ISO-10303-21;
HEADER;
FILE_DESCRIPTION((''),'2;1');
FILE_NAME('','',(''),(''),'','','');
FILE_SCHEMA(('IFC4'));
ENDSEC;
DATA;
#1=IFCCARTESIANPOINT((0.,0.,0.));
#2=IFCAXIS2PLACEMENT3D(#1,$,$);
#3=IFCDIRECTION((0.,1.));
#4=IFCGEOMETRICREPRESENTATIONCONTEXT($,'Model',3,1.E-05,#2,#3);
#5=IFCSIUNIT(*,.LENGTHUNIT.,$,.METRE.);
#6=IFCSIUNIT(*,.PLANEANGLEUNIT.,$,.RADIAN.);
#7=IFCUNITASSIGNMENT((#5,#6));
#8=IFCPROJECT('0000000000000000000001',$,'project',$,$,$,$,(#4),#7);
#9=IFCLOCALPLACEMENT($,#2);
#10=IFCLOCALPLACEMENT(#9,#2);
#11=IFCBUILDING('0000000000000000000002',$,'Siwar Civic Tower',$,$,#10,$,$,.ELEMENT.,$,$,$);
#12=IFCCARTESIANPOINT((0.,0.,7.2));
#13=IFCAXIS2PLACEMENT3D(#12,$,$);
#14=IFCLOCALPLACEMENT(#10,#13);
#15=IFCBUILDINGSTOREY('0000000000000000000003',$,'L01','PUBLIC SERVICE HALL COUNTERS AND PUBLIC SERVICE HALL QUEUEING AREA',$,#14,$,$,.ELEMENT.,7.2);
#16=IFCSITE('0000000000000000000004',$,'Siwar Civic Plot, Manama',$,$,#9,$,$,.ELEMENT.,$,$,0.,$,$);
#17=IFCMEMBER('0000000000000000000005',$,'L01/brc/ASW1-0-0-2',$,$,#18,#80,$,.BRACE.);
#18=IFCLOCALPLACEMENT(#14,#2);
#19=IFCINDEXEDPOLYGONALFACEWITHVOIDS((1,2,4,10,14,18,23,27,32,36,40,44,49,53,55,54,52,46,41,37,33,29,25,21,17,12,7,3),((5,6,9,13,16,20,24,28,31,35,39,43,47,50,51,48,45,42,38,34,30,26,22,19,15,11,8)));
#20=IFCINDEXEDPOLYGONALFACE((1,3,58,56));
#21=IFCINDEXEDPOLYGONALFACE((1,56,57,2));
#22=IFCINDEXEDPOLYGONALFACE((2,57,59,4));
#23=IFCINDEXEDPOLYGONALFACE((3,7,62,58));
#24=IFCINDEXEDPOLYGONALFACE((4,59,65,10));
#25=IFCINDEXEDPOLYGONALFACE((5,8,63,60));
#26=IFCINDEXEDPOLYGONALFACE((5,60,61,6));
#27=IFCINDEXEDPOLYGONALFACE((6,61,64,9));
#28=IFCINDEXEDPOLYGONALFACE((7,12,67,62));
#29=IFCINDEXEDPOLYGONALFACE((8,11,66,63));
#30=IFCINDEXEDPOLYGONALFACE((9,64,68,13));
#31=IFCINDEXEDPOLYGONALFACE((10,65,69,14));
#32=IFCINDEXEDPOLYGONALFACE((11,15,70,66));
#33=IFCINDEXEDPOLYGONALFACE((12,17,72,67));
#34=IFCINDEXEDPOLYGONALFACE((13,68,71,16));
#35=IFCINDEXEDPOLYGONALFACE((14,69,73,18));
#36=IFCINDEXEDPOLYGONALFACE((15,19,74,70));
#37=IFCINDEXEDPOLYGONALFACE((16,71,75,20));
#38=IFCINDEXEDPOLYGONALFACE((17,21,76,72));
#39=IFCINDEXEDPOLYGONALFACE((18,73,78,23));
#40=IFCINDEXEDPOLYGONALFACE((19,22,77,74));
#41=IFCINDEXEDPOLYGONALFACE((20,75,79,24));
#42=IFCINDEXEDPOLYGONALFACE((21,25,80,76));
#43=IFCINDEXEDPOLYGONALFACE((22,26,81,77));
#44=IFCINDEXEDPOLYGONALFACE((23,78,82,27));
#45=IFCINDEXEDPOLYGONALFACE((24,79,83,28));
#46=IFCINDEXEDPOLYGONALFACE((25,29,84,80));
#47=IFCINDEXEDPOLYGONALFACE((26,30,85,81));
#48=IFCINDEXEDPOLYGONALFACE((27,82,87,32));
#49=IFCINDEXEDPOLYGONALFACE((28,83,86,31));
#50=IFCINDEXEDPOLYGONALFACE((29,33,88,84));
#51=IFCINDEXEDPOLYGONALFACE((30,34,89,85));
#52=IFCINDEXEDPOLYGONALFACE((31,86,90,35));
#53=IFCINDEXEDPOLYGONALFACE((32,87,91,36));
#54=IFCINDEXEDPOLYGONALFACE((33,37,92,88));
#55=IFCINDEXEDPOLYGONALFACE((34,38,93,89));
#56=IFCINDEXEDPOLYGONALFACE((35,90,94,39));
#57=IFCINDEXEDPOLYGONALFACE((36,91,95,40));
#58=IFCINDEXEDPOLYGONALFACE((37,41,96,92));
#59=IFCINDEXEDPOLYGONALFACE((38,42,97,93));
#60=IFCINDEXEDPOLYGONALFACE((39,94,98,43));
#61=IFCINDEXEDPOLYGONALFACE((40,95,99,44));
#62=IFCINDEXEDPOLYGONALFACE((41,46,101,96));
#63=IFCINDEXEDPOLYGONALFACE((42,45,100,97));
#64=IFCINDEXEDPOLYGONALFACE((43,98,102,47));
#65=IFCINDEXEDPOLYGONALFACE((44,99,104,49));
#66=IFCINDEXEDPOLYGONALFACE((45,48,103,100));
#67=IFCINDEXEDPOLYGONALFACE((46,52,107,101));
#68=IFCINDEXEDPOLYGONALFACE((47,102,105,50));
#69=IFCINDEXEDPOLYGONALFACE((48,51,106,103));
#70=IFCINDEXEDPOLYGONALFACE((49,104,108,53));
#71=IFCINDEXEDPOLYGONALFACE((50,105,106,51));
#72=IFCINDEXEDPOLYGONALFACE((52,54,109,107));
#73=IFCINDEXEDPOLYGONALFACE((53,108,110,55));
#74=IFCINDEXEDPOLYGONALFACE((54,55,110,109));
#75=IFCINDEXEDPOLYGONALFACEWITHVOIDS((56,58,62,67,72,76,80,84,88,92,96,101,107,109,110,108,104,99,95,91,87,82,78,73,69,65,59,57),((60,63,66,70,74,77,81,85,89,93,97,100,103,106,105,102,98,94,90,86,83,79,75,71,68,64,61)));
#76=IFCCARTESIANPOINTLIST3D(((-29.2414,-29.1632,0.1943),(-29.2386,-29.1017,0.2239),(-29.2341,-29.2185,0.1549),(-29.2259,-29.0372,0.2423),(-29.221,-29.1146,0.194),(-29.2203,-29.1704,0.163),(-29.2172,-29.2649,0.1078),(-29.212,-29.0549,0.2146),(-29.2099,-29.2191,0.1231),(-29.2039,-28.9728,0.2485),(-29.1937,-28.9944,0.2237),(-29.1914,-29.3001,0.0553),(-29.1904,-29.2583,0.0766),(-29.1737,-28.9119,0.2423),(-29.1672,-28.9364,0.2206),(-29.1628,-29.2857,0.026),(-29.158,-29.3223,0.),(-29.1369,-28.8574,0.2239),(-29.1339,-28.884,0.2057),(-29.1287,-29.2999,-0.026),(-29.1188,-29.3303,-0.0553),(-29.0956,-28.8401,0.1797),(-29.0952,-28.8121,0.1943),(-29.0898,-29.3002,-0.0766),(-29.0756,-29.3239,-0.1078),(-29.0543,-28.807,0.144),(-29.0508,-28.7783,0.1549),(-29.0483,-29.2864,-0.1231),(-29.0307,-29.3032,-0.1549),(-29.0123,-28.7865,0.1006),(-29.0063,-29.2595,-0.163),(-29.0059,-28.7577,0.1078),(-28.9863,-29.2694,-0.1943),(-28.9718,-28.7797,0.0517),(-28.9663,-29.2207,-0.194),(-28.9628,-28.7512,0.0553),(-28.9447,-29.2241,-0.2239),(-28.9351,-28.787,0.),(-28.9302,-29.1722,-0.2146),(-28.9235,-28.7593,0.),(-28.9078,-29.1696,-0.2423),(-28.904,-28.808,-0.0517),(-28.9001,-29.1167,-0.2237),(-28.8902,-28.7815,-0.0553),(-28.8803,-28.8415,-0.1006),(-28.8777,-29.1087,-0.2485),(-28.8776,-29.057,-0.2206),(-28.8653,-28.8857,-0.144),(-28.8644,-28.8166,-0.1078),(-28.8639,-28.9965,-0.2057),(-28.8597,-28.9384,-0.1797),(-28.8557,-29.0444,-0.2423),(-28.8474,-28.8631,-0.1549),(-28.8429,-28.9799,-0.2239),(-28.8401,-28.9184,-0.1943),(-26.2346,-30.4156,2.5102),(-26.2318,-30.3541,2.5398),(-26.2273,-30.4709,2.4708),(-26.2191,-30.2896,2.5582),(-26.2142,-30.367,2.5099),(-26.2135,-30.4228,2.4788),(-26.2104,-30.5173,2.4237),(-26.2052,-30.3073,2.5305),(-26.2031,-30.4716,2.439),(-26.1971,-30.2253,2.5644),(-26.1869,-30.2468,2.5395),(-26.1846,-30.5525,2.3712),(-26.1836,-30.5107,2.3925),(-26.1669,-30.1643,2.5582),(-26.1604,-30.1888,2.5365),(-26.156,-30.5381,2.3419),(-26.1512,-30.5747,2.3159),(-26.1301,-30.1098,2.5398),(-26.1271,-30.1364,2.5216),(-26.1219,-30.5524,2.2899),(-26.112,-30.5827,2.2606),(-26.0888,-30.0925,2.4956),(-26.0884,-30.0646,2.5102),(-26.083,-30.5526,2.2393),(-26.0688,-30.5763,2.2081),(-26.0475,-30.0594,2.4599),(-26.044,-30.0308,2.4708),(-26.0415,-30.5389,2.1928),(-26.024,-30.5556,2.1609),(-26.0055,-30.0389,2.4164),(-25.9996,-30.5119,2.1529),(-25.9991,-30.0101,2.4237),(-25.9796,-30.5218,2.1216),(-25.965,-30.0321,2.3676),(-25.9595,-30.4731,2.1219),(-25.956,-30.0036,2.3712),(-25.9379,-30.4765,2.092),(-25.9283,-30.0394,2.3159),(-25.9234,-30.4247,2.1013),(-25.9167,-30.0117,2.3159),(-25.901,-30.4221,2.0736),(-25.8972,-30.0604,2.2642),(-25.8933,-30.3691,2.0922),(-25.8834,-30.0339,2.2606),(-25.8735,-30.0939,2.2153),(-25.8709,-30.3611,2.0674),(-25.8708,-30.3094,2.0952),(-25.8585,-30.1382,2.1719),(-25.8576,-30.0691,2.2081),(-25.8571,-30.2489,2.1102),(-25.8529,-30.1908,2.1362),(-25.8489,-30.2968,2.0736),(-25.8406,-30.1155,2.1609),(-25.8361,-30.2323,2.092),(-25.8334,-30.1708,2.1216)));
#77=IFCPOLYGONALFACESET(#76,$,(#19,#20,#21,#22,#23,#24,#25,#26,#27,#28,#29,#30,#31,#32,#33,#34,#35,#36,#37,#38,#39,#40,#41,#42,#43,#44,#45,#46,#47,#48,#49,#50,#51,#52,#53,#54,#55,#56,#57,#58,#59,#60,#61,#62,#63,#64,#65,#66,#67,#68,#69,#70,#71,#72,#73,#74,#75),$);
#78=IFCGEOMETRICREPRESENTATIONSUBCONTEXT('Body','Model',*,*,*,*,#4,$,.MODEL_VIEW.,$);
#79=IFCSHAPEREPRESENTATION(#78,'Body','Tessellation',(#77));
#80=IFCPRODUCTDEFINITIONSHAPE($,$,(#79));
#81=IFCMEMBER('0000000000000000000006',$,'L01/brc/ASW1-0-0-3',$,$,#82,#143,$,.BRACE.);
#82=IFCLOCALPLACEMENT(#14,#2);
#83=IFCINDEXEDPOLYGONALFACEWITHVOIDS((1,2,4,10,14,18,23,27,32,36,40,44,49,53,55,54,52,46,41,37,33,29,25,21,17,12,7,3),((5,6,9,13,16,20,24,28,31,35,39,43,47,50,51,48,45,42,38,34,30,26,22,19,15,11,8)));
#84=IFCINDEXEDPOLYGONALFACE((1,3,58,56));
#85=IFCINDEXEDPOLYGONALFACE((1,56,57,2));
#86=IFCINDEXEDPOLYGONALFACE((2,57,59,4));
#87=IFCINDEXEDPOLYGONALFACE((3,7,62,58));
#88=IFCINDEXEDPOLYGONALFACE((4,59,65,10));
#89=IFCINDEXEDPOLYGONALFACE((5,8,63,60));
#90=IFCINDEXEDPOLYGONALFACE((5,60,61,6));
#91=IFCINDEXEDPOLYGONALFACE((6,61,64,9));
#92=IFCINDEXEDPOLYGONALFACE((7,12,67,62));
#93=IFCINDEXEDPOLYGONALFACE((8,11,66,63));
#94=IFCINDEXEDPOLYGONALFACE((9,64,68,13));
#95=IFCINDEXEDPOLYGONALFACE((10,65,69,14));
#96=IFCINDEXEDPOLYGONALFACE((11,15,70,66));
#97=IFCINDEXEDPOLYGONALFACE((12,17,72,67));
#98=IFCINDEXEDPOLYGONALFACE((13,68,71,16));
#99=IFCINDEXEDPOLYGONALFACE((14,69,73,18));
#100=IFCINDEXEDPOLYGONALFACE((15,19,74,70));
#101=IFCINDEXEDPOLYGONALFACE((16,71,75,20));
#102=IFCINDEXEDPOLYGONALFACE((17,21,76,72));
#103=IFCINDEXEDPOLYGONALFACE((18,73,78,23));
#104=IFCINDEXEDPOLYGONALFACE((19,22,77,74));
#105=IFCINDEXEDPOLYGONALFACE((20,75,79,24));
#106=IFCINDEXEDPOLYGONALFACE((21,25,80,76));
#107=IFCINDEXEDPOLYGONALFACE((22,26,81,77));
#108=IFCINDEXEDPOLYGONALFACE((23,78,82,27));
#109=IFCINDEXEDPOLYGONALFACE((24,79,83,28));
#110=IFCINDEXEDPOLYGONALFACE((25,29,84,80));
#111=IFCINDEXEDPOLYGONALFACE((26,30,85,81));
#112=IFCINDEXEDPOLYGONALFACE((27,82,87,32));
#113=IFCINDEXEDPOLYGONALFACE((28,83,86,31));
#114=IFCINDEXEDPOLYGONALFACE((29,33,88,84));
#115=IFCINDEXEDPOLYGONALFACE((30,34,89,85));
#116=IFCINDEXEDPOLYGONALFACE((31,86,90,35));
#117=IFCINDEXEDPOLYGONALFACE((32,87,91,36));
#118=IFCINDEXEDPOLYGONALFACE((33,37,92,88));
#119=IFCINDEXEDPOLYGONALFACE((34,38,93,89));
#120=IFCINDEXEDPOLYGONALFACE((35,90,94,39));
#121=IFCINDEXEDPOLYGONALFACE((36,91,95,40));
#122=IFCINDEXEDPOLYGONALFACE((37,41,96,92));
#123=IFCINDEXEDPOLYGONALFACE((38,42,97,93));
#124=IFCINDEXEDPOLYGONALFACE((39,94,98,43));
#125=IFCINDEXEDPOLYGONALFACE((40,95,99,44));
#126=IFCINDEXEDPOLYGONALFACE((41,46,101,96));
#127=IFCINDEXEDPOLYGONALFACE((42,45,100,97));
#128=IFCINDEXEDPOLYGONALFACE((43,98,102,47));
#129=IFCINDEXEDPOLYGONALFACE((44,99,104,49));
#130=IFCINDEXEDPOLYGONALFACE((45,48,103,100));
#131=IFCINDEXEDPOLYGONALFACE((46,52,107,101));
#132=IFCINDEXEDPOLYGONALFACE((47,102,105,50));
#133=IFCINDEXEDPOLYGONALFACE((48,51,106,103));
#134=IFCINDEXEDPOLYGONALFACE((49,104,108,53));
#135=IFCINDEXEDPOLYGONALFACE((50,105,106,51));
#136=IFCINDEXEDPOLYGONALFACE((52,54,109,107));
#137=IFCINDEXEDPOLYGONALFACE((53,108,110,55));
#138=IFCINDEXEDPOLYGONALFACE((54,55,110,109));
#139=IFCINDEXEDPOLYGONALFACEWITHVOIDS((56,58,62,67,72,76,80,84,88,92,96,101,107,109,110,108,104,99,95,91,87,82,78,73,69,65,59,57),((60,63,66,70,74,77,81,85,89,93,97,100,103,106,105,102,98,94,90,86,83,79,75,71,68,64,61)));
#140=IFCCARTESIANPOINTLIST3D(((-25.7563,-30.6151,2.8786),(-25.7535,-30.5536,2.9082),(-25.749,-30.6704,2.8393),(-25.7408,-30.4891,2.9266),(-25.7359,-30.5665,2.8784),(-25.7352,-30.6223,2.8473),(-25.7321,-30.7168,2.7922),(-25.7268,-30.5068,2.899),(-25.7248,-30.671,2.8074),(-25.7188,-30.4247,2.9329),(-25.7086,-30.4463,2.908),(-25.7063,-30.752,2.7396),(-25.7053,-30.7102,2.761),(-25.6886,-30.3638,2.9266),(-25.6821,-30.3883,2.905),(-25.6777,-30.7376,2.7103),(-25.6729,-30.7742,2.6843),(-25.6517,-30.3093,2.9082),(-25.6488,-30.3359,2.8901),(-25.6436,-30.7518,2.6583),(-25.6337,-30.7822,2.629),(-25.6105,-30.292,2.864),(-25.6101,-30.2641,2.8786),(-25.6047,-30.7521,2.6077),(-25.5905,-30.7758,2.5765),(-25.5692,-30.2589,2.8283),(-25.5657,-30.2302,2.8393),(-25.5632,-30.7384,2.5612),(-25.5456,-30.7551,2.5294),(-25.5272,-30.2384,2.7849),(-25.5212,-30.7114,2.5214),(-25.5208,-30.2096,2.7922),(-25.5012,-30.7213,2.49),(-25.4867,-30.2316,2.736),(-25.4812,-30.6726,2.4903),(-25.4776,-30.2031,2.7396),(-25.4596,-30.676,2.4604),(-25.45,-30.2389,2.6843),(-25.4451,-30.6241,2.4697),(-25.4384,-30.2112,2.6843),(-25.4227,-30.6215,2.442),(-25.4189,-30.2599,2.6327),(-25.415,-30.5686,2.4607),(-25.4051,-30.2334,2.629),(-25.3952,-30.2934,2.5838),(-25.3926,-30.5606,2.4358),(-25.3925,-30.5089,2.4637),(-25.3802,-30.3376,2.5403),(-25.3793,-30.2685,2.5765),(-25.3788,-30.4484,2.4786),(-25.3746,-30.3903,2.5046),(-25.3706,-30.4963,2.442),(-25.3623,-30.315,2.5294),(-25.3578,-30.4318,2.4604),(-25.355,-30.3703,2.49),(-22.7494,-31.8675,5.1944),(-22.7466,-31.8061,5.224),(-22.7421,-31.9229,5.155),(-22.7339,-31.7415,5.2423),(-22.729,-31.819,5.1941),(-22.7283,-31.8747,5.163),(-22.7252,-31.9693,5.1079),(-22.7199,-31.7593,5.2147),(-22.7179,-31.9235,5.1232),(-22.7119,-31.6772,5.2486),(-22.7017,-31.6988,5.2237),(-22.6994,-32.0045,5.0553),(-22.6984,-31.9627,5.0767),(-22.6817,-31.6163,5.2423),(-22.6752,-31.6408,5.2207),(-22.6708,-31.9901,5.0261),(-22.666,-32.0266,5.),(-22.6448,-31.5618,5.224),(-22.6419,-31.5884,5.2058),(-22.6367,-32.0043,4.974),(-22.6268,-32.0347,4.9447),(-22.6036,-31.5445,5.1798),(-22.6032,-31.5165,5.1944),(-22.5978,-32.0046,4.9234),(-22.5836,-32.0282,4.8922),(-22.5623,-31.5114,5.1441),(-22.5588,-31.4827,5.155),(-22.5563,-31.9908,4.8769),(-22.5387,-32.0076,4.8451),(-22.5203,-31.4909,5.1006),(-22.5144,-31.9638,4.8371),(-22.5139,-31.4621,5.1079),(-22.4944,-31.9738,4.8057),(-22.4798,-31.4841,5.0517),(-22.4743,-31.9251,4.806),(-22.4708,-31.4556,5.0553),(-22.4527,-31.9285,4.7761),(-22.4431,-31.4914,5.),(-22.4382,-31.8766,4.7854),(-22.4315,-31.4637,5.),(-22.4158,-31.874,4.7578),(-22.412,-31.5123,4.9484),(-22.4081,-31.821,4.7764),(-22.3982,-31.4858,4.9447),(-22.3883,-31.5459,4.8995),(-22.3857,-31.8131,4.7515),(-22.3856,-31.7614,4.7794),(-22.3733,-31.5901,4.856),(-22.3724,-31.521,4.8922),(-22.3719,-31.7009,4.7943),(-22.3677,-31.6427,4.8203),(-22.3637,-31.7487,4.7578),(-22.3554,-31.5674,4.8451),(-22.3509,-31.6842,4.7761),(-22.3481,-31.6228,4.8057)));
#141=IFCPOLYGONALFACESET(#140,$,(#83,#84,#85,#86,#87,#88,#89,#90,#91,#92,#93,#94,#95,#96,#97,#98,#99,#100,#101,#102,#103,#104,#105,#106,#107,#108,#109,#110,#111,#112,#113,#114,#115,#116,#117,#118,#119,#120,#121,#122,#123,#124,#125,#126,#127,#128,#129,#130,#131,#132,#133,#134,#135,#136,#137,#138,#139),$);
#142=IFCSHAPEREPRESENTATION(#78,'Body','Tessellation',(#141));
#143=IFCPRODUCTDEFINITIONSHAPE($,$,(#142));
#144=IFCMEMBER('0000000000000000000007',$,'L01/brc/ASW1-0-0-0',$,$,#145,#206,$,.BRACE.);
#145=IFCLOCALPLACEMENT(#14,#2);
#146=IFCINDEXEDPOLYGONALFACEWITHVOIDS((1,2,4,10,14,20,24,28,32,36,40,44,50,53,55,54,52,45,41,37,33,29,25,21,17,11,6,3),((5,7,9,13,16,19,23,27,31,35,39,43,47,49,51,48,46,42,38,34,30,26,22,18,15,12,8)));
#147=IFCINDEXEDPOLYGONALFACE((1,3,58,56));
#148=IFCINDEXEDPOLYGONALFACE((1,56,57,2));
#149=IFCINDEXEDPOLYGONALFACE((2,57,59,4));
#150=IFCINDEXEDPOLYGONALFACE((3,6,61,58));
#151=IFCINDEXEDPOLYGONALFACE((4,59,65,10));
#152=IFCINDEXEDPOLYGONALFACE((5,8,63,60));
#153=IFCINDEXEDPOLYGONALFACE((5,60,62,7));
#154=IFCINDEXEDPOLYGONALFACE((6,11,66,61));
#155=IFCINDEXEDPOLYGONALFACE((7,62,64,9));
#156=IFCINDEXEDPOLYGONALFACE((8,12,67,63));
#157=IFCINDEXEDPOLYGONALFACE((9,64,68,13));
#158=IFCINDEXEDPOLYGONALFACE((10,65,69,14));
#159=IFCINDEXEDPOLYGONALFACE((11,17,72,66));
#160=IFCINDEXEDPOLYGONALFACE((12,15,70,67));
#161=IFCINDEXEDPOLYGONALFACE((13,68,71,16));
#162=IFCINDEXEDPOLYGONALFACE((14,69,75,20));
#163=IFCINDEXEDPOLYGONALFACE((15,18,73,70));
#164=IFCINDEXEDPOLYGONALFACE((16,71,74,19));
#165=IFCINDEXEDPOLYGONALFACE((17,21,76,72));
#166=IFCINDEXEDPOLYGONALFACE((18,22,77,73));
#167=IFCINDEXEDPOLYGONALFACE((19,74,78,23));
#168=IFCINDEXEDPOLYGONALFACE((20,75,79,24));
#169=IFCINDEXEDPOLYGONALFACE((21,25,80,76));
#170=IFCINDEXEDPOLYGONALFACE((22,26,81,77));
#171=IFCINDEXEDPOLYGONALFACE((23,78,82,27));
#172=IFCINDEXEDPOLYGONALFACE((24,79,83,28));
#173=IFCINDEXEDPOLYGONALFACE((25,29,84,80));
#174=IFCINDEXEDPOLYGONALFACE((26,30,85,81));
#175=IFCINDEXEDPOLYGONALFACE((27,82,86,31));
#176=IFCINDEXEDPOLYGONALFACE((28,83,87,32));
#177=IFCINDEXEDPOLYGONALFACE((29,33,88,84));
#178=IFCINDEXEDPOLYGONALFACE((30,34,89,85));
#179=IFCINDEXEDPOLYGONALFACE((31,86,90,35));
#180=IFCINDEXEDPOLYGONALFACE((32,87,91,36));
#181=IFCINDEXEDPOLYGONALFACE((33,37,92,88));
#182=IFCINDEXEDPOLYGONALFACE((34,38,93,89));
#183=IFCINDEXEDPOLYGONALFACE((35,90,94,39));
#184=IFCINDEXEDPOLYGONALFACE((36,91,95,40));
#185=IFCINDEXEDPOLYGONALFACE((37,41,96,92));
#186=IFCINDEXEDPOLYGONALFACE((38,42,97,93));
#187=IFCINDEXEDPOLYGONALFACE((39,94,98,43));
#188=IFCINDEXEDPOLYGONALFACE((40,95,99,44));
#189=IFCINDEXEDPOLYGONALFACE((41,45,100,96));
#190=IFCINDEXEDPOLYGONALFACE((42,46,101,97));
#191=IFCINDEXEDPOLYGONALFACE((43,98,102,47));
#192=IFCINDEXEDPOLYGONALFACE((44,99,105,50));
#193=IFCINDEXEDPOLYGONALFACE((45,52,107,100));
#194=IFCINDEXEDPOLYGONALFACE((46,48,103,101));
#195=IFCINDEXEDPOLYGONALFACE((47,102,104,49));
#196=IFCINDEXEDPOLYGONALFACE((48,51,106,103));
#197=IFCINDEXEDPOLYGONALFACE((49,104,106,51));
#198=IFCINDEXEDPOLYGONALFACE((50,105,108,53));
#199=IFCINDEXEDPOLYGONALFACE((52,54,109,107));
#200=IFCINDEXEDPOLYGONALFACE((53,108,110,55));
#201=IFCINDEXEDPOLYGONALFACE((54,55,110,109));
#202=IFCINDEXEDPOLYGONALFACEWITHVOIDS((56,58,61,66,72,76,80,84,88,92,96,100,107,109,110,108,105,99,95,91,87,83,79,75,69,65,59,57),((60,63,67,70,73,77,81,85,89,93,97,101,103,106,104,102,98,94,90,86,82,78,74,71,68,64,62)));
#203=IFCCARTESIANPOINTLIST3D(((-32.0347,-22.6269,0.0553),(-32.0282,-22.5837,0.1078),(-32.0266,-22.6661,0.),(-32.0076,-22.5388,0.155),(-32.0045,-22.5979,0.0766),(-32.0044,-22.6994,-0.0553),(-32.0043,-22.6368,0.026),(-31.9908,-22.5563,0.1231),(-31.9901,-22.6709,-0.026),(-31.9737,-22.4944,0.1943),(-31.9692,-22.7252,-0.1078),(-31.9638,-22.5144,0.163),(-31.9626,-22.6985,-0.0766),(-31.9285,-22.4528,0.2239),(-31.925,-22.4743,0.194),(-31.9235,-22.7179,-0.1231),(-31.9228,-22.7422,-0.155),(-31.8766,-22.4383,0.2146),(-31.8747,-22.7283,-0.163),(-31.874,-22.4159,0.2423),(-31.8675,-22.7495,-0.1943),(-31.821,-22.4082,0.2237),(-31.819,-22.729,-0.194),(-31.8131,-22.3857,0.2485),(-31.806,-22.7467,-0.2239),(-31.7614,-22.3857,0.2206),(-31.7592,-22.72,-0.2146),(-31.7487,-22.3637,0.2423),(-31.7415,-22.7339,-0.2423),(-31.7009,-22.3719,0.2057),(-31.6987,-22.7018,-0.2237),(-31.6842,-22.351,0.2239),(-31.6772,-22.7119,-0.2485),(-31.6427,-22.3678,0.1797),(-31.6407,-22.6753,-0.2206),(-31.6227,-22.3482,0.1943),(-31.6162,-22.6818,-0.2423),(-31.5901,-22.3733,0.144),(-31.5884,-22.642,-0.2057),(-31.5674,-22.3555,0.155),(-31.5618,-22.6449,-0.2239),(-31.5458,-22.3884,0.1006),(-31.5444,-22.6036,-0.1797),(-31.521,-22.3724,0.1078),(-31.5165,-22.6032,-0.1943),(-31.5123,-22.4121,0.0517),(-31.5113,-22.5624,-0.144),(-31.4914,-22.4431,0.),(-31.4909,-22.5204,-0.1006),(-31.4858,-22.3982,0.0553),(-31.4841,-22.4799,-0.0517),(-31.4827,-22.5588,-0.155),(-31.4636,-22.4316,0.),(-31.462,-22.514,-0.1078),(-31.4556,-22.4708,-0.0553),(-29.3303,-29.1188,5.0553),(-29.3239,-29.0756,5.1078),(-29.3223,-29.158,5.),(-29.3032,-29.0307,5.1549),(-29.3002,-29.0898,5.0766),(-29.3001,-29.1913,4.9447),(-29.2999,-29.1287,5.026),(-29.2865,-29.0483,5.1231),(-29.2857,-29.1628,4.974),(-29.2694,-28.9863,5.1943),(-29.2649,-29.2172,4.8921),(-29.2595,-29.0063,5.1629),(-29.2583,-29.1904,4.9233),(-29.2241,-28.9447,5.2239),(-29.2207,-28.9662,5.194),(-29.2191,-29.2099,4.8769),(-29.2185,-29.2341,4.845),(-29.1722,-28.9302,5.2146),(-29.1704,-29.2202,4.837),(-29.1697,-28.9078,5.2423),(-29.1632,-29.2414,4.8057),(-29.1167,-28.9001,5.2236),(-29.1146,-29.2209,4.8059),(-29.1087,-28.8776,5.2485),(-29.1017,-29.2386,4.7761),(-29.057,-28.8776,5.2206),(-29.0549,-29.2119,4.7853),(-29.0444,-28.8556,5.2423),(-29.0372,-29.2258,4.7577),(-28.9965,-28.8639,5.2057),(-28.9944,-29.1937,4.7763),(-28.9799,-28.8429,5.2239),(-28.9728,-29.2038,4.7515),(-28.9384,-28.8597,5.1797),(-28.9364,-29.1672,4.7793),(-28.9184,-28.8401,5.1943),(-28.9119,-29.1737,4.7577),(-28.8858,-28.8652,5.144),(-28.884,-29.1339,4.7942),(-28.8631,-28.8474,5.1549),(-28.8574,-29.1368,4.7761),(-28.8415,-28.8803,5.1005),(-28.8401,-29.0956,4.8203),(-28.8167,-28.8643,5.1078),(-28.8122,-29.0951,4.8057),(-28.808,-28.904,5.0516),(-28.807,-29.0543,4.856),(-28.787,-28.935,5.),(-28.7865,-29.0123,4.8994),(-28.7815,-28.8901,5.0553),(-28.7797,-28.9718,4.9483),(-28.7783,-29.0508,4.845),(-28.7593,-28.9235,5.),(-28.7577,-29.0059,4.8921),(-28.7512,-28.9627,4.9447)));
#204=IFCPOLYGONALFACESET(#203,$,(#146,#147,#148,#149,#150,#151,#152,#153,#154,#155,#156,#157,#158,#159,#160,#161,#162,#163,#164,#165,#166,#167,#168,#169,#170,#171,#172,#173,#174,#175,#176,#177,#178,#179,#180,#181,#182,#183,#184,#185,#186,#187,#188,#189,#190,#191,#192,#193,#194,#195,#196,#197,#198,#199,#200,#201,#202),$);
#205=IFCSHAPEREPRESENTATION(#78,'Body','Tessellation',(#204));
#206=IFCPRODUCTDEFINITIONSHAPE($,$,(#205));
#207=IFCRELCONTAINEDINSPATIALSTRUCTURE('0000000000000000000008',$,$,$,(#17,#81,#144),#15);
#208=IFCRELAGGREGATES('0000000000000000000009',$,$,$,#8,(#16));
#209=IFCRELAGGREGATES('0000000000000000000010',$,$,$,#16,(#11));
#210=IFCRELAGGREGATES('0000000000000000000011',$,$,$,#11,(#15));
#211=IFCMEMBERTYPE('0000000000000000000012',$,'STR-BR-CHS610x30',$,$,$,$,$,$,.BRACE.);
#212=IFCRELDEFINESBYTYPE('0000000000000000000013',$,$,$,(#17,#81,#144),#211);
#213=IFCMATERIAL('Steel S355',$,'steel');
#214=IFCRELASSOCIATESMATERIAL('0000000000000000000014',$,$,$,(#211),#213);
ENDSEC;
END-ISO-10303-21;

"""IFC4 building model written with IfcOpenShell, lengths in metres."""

from ifc_helpers import new_model, si_unit, direction, frame, origin, origin_2d, place, context, subcontext, project, spatial, hollow_circle, extrude, material, material_profile, profile_set, type_object, element, save


model = new_model("IFC4")

# Units and contexts
model_context = context("Model", 3, precision=1e-05, world=origin(), true_north=direction((0.0, 1.0)))
body_context = subcontext(model_context, "Body", "Model", "MODEL_VIEW")
ifc_project = project(units=[si_unit("LENGTHUNIT", "METRE"), si_unit("PLANEANGLEUNIT", "RADIAN")], contexts=[model_context])

# Site, building, storey
site_placement = place(None, origin())
site = spatial("IfcSite", under=ifc_project, at=site_placement, Name="Siwar Civic Plot, Manama", CompositionType="ELEMENT", RefElevation=0.0)
building_placement = place(site_placement, origin())
building = spatial("IfcBuilding", under=site, at=building_placement, Name="Siwar Civic Tower", CompositionType="ELEMENT")
storey_placement = place(building_placement, frame((0.0, 0.0, 7.2)))
storey = spatial("IfcBuildingStorey", under=building, at=storey_placement, Name="L01", Description="PUBLIC SERVICE HALL COUNTERS AND PUBLIC SERVICE HALL QUEUEING AREA", CompositionType="ELEMENT", Elevation=7.2)

# Members
ifc_material_1 = material(Name="Steel S355", Category="steel")
ifc_material_profile_1 = material_profile(ifc_material_1, hollow_circle(Radius=0.3049, WallThickness=0.03, at=origin_2d()), Name="CHS610x30")
ifc_profile_set_1 = profile_set([ifc_material_profile_1], Name="Steel S355")
member_type_1 = type_object("IfcMemberType", Name="STR-BR-CHS610x30", PredefinedType="BRACE", material=ifc_profile_set_1)
for number, where, z_axis, x_axis, name in (
    (1, (-29.0408, -29.0408, 0.0), (0.752341, -0.313373, 0.579466), (0.384509, 0.923121, 0.0), "L01/brc/ASW1-0-0-2"),
    (2, (-25.5557, -30.4927, 2.6843), (0.752367, -0.313385, 0.579425), (0.384509, 0.923121, 0.0), "L01/brc/ASW1-0-0-3"),
):
    element("IfcMember", number, at=place(storey_placement, frame(where, z_axis=z_axis, x_axis=x_axis)), inside=storey, type_object=member_type_1, Name=name, PredefinedType="BRACE", context=body_context, shape_type="SweptSolid", body=[
        extrude(hollow_circle(Radius=0.3049, WallThickness=0.03, at=origin_2d()), origin(), (0.0, 0.0, 1.0), 3.9966),
    ])
member_1_placement = place(storey_placement, frame((-31.7451, -22.5488, 0.0), z_axis=(0.313404, -0.752344, 0.579445), x_axis=(0.923109, 0.384539, 0.0)))
element("IfcMember", 3, at=member_1_placement, inside=storey, type_object=member_type_1, Name="L01/brc/ASW1-0-0-0", PredefinedType="BRACE", context=body_context, shape_type="SweptSolid", body=[
    extrude(hollow_circle(Radius=0.3049, WallThickness=0.03, at=origin_2d()), origin(), (0.0, 0.0, 1.0), 8.6289),
])

save(model, "model.ifc")
